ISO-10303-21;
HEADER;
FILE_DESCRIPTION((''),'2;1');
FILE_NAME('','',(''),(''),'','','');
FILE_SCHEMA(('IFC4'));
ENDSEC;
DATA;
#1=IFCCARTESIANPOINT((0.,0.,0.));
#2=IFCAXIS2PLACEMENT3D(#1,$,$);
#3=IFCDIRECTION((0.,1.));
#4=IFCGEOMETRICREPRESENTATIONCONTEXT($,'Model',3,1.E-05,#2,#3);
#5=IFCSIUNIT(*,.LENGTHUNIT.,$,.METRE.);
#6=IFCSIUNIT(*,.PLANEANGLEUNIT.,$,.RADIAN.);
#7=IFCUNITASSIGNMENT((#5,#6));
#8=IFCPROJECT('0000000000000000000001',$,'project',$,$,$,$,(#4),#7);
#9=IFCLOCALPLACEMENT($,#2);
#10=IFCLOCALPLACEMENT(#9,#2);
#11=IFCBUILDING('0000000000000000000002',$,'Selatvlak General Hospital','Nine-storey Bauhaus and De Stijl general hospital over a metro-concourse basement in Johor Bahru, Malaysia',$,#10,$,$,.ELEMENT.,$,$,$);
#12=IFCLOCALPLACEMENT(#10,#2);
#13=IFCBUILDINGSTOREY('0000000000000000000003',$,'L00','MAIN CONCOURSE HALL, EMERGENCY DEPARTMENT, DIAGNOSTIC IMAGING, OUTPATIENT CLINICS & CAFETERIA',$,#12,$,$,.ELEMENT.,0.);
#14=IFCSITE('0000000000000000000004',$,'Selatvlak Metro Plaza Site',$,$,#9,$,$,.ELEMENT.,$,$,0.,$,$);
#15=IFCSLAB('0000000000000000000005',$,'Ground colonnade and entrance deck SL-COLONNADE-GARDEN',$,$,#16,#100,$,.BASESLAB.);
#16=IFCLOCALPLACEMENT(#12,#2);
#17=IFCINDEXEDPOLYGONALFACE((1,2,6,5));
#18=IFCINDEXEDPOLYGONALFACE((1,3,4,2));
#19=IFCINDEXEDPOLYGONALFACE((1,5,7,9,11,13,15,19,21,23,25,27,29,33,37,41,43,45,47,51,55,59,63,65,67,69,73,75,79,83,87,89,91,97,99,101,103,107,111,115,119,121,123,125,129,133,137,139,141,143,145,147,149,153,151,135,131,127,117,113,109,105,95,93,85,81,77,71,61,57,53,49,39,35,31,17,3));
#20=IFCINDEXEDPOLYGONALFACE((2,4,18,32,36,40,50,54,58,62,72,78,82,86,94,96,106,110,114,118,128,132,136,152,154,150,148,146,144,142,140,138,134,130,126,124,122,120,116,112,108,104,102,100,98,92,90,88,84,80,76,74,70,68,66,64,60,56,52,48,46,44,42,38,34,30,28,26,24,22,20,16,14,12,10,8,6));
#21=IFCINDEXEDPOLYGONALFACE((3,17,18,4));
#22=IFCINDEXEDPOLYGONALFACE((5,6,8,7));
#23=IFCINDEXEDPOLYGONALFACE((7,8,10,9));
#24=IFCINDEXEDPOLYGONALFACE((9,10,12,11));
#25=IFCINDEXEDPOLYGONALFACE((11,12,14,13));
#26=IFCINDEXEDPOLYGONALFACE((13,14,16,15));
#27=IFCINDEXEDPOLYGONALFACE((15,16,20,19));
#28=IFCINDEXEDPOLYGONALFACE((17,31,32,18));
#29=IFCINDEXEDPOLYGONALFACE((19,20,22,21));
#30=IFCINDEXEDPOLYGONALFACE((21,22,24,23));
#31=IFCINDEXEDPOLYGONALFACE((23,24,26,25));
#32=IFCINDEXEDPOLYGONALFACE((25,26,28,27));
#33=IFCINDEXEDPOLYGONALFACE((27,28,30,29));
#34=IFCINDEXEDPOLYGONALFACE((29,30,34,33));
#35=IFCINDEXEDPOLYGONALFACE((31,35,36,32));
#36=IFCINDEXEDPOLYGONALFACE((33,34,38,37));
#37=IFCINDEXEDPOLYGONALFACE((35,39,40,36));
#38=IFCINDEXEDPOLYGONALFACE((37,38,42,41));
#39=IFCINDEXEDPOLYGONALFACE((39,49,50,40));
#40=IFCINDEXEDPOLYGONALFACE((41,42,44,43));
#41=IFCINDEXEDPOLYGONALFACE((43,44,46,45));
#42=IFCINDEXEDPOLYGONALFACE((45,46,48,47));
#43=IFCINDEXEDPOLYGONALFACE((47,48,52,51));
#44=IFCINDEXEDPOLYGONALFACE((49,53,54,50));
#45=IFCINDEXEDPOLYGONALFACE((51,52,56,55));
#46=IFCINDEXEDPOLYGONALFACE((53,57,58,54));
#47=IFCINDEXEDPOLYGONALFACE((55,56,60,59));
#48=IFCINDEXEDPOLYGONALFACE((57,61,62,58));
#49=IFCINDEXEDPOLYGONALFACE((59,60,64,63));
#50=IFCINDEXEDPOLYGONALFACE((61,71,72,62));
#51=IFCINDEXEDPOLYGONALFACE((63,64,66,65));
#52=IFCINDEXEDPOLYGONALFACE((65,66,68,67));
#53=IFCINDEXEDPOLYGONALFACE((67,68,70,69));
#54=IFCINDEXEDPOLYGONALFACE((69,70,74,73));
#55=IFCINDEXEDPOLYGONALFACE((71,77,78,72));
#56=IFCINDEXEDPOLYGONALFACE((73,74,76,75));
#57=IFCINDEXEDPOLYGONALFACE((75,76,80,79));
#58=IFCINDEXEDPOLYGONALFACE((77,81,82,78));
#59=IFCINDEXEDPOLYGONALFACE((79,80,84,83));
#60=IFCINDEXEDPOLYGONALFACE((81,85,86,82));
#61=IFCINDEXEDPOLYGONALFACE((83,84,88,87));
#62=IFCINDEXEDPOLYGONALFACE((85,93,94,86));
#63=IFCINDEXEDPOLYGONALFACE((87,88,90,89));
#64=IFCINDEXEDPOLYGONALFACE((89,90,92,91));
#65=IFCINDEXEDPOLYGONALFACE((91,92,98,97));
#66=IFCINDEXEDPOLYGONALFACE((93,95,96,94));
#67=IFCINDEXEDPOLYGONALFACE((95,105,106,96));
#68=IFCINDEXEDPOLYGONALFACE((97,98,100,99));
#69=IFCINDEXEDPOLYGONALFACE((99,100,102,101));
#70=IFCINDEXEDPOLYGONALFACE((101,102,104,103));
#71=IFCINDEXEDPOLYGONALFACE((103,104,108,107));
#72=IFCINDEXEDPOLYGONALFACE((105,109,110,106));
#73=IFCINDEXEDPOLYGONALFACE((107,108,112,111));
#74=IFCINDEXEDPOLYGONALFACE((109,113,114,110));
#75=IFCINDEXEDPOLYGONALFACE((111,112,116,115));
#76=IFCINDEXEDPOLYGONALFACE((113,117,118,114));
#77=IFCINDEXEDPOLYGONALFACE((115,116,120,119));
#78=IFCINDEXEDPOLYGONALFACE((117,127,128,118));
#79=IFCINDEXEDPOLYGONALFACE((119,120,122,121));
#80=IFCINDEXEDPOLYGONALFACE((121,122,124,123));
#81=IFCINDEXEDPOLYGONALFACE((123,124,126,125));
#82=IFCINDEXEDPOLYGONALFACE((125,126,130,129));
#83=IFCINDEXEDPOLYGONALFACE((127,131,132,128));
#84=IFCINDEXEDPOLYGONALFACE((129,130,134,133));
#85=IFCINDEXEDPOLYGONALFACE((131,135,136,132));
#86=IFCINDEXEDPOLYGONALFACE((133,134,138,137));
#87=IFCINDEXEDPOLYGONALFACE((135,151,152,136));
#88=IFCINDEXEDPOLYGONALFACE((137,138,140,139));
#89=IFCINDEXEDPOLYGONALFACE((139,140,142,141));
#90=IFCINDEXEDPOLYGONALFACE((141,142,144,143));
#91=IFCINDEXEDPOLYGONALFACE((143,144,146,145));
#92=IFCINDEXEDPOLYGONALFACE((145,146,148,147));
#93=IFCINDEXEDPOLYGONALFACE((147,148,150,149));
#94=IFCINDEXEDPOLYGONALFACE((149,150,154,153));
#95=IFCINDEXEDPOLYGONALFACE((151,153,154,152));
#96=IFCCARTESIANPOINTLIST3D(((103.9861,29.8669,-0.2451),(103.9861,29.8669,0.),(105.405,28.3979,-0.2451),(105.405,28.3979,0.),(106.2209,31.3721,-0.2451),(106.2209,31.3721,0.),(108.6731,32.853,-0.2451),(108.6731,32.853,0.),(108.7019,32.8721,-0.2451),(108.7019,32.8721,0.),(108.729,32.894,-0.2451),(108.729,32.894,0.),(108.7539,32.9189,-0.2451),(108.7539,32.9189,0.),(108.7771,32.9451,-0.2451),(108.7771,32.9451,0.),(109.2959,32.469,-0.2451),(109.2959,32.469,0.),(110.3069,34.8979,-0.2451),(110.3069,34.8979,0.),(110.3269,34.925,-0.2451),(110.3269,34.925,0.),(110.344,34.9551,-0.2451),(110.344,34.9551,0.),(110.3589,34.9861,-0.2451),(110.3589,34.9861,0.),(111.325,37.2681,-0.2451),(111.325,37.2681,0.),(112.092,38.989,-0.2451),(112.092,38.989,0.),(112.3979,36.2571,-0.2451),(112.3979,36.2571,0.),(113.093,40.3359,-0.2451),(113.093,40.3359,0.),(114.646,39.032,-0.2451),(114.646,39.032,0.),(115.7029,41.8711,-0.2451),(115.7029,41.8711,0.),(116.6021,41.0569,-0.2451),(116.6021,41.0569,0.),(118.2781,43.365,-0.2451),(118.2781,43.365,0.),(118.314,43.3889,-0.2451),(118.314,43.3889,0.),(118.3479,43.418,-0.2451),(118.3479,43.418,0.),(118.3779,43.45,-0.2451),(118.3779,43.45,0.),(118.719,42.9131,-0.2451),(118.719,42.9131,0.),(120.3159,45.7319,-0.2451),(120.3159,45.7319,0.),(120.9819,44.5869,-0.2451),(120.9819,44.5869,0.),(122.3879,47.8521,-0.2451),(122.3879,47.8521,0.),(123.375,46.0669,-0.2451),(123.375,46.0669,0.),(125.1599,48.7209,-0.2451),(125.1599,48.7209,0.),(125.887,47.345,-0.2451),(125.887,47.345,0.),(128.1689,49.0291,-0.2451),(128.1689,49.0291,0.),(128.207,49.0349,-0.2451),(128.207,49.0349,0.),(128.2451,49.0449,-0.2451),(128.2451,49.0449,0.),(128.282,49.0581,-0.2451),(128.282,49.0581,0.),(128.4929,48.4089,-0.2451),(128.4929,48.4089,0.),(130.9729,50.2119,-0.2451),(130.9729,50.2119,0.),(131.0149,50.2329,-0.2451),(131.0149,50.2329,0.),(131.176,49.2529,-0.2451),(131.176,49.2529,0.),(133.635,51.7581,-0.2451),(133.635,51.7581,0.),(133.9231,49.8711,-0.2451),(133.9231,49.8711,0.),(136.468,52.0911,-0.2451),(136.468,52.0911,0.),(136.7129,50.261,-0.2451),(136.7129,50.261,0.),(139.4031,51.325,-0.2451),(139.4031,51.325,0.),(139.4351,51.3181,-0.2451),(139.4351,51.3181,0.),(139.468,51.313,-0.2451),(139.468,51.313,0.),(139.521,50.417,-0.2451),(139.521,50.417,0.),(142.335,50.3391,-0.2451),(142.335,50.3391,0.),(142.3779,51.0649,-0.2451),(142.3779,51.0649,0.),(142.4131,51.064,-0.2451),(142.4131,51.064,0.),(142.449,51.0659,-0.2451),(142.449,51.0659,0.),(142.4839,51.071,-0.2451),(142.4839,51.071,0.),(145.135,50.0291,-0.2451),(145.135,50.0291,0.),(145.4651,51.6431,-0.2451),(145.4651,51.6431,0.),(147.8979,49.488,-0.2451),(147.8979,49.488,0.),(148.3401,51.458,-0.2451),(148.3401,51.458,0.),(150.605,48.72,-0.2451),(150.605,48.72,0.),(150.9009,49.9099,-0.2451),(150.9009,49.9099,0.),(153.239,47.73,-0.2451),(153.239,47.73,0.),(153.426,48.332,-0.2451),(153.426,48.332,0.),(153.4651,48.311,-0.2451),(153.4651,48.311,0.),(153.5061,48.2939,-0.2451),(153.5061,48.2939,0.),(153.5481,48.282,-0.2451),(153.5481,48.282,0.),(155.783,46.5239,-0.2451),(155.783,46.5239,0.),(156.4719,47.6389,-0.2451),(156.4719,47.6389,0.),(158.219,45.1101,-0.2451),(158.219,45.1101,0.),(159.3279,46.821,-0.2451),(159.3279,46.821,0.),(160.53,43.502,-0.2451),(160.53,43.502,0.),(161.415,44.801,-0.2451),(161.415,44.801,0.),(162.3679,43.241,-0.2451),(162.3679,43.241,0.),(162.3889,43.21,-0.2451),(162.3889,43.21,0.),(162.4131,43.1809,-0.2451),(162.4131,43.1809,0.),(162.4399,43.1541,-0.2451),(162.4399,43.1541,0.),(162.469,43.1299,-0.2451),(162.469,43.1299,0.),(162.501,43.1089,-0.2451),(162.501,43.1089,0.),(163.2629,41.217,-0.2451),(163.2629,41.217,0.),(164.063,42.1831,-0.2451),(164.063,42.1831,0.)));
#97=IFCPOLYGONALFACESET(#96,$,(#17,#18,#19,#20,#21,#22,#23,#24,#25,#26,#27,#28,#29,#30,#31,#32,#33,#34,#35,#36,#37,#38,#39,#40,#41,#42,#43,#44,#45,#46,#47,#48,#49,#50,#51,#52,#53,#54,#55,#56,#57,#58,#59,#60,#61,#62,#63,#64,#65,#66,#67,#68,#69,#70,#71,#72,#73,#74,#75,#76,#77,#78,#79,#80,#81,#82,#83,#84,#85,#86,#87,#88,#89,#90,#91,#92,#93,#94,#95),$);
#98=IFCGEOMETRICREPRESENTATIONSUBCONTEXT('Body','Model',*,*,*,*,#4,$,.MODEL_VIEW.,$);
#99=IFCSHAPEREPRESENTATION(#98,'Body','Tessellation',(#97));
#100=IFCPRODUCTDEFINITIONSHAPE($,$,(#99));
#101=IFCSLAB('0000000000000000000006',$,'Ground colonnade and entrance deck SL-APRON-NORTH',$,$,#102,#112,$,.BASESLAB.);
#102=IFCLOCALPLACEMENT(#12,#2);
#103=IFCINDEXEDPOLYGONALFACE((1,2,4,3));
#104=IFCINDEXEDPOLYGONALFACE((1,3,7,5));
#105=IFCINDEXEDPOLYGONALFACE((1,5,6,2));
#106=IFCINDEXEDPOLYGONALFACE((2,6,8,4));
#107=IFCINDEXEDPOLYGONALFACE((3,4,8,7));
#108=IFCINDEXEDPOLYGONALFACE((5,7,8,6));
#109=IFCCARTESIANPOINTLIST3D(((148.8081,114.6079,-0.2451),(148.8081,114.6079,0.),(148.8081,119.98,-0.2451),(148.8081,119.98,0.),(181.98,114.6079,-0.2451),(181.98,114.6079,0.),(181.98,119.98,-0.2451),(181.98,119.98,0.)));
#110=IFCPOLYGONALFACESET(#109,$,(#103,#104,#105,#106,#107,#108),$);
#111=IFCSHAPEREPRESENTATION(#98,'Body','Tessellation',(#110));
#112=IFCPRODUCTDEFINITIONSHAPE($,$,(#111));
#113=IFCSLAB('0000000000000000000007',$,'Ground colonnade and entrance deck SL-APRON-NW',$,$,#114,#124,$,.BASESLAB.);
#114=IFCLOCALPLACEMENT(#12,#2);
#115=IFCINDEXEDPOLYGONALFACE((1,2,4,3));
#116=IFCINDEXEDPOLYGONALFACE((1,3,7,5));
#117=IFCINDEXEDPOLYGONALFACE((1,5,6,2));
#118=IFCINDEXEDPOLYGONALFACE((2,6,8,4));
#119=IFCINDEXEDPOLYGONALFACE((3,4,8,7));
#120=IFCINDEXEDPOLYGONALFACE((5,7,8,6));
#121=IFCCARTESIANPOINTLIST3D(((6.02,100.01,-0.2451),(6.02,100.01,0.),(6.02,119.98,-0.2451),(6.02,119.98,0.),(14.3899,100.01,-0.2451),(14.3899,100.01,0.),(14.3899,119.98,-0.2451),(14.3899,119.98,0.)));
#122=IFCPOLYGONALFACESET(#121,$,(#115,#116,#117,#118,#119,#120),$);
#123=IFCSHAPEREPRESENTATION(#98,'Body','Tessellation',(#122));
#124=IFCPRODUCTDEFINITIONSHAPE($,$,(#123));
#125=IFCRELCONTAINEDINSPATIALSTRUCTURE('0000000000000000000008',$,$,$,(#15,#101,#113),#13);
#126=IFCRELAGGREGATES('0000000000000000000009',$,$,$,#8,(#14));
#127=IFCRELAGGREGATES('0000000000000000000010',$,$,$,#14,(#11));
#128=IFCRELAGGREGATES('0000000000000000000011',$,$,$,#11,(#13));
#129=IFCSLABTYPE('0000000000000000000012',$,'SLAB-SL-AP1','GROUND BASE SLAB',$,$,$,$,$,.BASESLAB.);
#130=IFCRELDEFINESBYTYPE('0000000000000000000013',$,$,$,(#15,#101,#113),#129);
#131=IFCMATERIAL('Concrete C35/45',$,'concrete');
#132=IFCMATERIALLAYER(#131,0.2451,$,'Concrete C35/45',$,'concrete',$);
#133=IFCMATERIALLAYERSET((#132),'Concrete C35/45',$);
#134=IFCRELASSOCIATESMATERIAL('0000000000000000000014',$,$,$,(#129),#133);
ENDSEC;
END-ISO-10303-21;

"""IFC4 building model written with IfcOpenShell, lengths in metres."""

from ifc_helpers import new_model, si_unit, direction, frame, origin, place, context, subcontext, project, spatial, polyline, outline, extrude, material, layer, layer_set, type_object, element, save


model = new_model("IFC4")

# Units and contexts
model_context = context("Model", 3, precision=1e-05, world=origin(), true_north=direction((0.0, 1.0)))
body_context = subcontext(model_context, "Body", "Model", "MODEL_VIEW")
ifc_project = project(units=[si_unit("LENGTHUNIT", "METRE"), si_unit("PLANEANGLEUNIT", "RADIAN")], contexts=[model_context])

# Site, building, storey
site_placement = place(None, origin())
site = spatial("IfcSite", under=ifc_project, at=site_placement, Name="Selatvlak Metro Plaza Site", CompositionType="ELEMENT", RefElevation=0.0)
building_placement = place(site_placement, origin())
building = spatial("IfcBuilding", under=site, at=building_placement, Name="Selatvlak General Hospital", Description="Nine-storey Bauhaus and De Stijl general hospital over a metro-concourse basement in Johor Bahru, Malaysia", CompositionType="ELEMENT")
storey_placement = place(building_placement, origin())
storey = spatial("IfcBuildingStorey", under=building, at=storey_placement, Name="L00", Description="MAIN CONCOURSE HALL, EMERGENCY DEPARTMENT, DIAGNOSTIC IMAGING, OUTPATIENT CLINICS & CAFETERIA", CompositionType="ELEMENT", Elevation=0.0)

# Slabs
ifc_material_1 = material(Name="Concrete C35/45", Category="concrete")
ifc_layer_1 = layer(ifc_material_1, 0.2451, Name="Concrete C35/45", Category="concrete")
ifc_layer_set_1 = layer_set([ifc_layer_1], Name="Concrete C35/45")
slab_type_1 = type_object("IfcSlabType", Name="SLAB-SL-AP1", Description="GROUND BASE SLAB", PredefinedType="BASESLAB", material=ifc_layer_set_1)
slab_1_placement = place(storey_placement, frame((0.0, 0.0, -0.2451)))
element("IfcSlab", 1, at=slab_1_placement, inside=storey, type_object=slab_type_1, Name="Ground colonnade and entrance deck SL-COLONNADE-GARDEN", PredefinedType="BASESLAB", context=body_context, shape_type="SweptSolid", body=[
    extrude(outline(polyline([(106.2209, 31.3721), (108.6731, 32.853), (108.7019, 32.8721), (108.729, 32.894), (108.7539, 32.9189), (108.7771, 32.9451), (110.3069, 34.8979), (110.3269, 34.925), (110.344, 34.9551), (110.3589, 34.9861), (111.325, 37.2681), (112.092, 38.989), (113.093, 40.3359), (115.7029, 41.8711), (118.2781, 43.365), (118.314, 43.3889), (118.3479, 43.418), (118.3779, 43.45), (120.3159, 45.7319), (122.3879, 47.8521), (125.1599, 48.7209), (128.1689, 49.0291), (128.207, 49.0349), (128.2451, 49.0449), (128.282, 49.0581), (130.9729, 50.2119), (131.0149, 50.2329), (133.635, 51.7581), (136.468, 52.0911), (139.4031, 51.325), (139.4351, 51.3181), (139.468, 51.313), (142.3779, 51.0649), (142.4131, 51.064), (142.449, 51.0659), (142.4839, 51.071), (145.4651, 51.6431), (148.3401, 51.458), (150.9009, 49.9099), (153.426, 48.332), (153.4651, 48.311), (153.5061, 48.2939), (153.5481, 48.282), (156.4719, 47.6389), (159.3279, 46.821), (161.415, 44.801), (162.3679, 43.241), (162.3889, 43.21), (162.4131, 43.1809), (162.4399, 43.1541), (162.469, 43.1299), (162.501, 43.1089), (164.063, 42.1831), (163.2629, 41.217), (160.53, 43.502), (158.219, 45.1101), (155.783, 46.5239), (153.239, 47.73), (150.605, 48.72), (147.8979, 49.488), (145.135, 50.0291), (142.335, 50.3391), (139.521, 50.417), (136.7129, 50.261), (133.9231, 49.8711), (131.176, 49.2529), (128.4929, 48.4089), (125.887, 47.345), (123.375, 46.0669), (120.9819, 44.5869), (118.719, 42.9131), (116.6021, 41.0569), (114.646, 39.032), (112.3979, 36.2571), (109.2959, 32.469), (105.405, 28.3979), (103.9861, 29.8669), (106.2209, 31.3721)])), origin(), (0.0, 0.0, 1.0), 0.2451),
])
slab_2_placement = place(storey_placement, frame((0.0, 0.0, -0.2451)))
element("IfcSlab", 2, at=slab_2_placement, inside=storey, type_object=slab_type_1, Name="Ground colonnade and entrance deck SL-APRON-NORTH", PredefinedType="BASESLAB", context=body_context, shape_type="SweptSolid", body=[
    extrude(outline(polyline([(148.8081, 114.6079), (148.8081, 119.98), (181.98, 119.98), (181.98, 114.6079), (148.8081, 114.6079)])), origin(), (0.0, 0.0, 1.0), 0.2451),
])
slab_3_placement = place(storey_placement, frame((0.0, 0.0, -0.2451)))
element("IfcSlab", 3, at=slab_3_placement, inside=storey, type_object=slab_type_1, Name="Ground colonnade and entrance deck SL-APRON-NW", PredefinedType="BASESLAB", context=body_context, shape_type="SweptSolid", body=[
    extrude(outline(polyline([(14.3899, 100.01), (6.02, 100.01), (6.02, 119.98), (14.3899, 119.98), (14.3899, 100.01)])), origin(), (0.0, 0.0, 1.0), 0.2451),
])

save(model, "model.ifc")
